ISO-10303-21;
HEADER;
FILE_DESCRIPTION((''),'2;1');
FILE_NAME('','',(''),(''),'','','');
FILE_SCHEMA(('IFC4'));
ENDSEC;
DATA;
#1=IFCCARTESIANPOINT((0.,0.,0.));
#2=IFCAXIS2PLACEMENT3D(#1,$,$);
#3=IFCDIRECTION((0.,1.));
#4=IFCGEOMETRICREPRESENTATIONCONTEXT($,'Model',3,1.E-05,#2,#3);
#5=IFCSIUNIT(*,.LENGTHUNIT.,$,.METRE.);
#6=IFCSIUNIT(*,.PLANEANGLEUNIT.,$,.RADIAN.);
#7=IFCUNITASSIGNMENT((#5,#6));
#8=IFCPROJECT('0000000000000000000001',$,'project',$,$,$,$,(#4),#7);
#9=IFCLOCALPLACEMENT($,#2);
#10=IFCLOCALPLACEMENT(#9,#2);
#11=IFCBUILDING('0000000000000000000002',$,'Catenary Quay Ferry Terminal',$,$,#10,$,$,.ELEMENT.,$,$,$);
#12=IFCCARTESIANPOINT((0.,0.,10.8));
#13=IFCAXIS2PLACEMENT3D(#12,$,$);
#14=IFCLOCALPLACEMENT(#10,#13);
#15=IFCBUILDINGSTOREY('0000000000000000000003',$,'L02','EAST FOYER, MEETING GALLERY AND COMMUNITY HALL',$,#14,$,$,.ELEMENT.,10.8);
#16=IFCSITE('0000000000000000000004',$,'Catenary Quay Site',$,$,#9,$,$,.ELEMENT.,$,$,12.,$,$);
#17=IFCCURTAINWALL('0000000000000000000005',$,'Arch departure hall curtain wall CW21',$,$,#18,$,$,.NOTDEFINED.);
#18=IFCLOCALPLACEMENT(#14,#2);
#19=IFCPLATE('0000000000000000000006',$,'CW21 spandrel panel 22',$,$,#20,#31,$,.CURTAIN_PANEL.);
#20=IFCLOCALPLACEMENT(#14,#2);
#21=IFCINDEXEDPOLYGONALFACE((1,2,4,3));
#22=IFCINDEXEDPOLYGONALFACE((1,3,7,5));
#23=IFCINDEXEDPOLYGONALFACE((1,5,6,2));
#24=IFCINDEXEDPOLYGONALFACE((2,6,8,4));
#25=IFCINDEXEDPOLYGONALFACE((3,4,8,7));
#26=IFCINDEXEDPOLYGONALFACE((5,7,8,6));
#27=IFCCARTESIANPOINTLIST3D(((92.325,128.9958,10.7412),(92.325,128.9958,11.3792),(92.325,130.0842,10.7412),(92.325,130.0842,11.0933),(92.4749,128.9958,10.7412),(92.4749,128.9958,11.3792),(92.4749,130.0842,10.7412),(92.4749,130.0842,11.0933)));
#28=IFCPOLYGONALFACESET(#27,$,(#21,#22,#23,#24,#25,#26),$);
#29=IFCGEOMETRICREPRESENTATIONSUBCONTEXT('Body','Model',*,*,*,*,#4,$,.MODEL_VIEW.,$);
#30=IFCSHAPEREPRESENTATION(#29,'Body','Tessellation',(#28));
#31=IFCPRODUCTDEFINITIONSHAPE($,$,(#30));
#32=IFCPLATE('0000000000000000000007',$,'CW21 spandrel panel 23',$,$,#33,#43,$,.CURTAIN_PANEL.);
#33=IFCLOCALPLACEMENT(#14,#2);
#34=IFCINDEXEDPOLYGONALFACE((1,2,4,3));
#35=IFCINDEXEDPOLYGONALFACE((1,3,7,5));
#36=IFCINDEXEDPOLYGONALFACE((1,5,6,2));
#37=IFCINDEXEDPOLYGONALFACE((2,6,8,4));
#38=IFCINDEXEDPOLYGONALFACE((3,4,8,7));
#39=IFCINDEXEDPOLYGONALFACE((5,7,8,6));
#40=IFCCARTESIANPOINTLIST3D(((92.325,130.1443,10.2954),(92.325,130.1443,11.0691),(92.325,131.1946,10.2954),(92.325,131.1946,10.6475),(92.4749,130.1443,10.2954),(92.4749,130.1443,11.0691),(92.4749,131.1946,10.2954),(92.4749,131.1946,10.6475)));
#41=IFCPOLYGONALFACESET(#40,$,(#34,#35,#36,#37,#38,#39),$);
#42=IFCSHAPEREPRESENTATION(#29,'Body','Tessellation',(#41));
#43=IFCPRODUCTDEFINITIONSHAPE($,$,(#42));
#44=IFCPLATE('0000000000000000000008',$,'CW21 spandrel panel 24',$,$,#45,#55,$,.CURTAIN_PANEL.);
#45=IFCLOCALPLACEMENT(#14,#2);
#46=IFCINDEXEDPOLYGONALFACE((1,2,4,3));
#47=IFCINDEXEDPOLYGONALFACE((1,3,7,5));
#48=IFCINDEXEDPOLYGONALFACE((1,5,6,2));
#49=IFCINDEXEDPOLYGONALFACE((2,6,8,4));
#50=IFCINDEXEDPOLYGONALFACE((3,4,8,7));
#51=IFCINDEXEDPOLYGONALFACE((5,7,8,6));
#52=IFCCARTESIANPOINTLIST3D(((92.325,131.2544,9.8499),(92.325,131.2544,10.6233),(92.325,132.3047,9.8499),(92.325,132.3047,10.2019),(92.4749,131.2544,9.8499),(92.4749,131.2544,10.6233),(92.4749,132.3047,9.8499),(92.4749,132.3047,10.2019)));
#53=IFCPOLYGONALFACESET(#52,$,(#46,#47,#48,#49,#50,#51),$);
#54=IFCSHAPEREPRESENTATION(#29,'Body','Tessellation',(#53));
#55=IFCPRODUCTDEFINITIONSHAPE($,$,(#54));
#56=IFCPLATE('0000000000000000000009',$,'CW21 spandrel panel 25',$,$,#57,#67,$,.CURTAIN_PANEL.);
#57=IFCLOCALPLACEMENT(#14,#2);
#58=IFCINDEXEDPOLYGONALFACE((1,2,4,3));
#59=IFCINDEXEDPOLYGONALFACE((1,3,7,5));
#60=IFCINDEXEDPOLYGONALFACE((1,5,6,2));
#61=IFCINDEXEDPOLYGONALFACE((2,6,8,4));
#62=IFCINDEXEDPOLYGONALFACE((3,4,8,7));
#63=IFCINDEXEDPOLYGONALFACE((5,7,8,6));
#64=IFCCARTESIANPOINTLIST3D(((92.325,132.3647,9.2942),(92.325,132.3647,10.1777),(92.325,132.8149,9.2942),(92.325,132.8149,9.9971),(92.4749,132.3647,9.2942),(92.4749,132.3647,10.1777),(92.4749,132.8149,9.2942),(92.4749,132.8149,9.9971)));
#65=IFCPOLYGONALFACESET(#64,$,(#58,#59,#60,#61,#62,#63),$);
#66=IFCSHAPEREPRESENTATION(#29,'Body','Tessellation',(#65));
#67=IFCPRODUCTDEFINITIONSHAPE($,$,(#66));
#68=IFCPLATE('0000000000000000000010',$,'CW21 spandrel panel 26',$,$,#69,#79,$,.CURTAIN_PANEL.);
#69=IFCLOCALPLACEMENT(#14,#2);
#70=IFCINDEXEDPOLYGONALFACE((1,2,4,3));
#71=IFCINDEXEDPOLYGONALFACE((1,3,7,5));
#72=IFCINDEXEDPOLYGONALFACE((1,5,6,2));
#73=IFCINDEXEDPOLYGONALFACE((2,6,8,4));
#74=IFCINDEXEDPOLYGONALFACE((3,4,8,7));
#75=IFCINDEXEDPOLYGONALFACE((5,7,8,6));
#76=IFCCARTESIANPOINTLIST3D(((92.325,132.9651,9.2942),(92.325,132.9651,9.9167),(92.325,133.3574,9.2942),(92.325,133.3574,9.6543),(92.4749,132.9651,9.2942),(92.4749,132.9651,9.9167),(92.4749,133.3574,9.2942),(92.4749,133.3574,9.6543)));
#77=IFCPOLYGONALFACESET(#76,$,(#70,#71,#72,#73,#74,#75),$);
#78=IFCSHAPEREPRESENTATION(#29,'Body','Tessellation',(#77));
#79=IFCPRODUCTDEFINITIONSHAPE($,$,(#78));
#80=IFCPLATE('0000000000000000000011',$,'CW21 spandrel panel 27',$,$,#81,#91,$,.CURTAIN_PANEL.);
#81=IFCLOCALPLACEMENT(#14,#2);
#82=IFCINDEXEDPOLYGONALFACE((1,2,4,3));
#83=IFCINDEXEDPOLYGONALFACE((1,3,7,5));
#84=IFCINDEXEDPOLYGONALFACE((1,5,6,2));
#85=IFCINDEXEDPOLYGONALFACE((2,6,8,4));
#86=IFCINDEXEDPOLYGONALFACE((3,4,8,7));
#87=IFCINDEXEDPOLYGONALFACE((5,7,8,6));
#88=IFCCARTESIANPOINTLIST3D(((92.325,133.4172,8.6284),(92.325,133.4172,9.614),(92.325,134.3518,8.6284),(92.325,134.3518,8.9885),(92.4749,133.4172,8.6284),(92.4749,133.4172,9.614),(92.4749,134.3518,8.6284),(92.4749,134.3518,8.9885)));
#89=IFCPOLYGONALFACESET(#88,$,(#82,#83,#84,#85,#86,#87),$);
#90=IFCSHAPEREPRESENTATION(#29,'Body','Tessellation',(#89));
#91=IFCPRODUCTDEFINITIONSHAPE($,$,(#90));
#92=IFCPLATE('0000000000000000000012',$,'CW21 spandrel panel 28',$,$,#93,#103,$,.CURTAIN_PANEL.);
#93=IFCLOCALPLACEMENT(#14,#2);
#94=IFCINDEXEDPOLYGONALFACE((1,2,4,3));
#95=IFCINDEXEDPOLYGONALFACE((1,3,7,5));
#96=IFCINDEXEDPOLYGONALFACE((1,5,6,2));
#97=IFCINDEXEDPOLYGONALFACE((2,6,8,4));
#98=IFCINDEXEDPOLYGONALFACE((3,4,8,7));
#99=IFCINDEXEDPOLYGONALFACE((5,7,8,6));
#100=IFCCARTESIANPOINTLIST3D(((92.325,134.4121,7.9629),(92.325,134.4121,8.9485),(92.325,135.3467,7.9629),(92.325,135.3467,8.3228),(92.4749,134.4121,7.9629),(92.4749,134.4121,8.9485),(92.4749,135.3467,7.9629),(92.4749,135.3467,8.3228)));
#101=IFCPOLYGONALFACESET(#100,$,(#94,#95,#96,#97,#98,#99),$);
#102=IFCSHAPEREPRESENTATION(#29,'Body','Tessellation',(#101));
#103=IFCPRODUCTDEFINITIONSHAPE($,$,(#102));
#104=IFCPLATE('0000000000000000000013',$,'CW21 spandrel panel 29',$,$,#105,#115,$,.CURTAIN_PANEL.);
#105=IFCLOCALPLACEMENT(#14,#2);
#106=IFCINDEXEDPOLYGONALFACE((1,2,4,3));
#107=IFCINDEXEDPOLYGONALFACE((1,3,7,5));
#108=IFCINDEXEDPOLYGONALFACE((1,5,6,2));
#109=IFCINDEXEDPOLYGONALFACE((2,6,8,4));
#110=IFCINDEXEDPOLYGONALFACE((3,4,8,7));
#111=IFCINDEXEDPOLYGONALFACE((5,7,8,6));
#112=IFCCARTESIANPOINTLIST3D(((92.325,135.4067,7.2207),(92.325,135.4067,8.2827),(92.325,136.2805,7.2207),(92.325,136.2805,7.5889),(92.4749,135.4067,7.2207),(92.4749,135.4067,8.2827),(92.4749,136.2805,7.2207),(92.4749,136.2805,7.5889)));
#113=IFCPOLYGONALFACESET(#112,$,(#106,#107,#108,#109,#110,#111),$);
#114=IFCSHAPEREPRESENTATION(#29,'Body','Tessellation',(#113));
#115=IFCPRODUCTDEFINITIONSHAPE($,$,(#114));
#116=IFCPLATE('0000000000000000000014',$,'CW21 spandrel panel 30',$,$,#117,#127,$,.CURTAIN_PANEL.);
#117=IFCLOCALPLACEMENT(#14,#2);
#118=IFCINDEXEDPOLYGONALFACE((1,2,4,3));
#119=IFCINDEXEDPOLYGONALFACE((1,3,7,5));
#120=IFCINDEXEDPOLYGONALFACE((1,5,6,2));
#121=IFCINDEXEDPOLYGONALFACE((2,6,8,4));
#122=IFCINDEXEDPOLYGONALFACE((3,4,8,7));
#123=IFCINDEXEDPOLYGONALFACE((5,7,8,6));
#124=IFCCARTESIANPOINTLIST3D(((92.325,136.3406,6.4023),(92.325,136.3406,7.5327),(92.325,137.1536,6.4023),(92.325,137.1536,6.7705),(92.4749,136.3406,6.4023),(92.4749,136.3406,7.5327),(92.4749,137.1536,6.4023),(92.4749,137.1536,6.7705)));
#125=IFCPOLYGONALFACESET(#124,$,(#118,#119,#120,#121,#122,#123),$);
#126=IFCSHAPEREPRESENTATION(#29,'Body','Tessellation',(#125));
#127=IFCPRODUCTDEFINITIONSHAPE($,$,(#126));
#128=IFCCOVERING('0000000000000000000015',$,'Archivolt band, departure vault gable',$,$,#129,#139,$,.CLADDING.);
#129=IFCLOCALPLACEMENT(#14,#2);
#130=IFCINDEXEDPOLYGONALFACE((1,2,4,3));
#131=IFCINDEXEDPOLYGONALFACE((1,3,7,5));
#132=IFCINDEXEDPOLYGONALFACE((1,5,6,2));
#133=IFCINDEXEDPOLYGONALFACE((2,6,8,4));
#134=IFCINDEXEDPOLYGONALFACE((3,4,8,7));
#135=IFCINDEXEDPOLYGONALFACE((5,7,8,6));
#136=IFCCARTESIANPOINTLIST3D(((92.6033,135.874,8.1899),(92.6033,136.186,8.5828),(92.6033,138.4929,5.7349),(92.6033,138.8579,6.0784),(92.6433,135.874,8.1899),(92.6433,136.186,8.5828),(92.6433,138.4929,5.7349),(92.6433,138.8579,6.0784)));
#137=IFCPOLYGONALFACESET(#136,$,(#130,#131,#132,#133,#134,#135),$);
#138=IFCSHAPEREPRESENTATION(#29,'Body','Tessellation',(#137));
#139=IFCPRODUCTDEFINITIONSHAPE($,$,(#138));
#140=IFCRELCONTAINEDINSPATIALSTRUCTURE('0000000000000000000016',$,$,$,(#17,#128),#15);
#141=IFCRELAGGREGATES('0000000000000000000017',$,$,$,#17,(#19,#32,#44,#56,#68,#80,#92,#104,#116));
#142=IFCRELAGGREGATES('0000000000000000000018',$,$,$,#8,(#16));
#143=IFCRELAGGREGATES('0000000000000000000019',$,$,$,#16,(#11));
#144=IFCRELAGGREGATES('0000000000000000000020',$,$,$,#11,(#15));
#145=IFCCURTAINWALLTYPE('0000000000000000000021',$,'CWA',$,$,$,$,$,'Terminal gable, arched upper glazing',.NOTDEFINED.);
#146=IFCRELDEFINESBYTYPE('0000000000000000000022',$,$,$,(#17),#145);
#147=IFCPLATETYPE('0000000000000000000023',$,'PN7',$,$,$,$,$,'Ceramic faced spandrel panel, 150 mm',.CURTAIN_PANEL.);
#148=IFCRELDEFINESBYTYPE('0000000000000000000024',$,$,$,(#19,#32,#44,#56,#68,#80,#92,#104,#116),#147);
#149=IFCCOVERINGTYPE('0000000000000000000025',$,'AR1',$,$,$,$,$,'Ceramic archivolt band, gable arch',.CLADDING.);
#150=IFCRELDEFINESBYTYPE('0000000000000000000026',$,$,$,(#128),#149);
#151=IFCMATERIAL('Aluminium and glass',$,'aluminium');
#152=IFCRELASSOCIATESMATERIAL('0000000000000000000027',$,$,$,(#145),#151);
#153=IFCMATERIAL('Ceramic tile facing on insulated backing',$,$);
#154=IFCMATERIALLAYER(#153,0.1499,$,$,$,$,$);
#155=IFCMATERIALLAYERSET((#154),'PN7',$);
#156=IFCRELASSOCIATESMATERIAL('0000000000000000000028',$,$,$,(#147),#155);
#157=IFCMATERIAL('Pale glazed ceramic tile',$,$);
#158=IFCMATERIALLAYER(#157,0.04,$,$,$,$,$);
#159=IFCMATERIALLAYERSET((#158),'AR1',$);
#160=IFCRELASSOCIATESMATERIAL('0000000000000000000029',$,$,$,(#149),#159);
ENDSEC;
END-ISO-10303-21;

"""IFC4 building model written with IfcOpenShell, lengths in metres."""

from ifc_helpers import new_model, si_unit, direction, frame, origin, place, context, subcontext, project, spatial, polyline, outline, extrude, material, layer, layer_set, type_object, element, aggregate, save


model = new_model("IFC4")

# Units and contexts
model_context = context("Model", 3, precision=1e-05, world=origin(), true_north=direction((0.0, 1.0)))
body_context = subcontext(model_context, "Body", "Model", "MODEL_VIEW")
ifc_project = project(units=[si_unit("LENGTHUNIT", "METRE"), si_unit("PLANEANGLEUNIT", "RADIAN")], contexts=[model_context])

# Site, building, storey
site_placement = place(None, origin())
site = spatial("IfcSite", under=ifc_project, at=site_placement, Name="Catenary Quay Site", CompositionType="ELEMENT", RefElevation=12.0)
building_placement = place(site_placement, origin())
building = spatial("IfcBuilding", under=site, at=building_placement, Name="Catenary Quay Ferry Terminal", CompositionType="ELEMENT")
storey_placement = place(building_placement, frame((0.0, 0.0, 10.8)))
storey = spatial("IfcBuildingStorey", under=building, at=storey_placement, Name="L02", Description="EAST FOYER, MEETING GALLERY AND COMMUNITY HALL", CompositionType="ELEMENT", Elevation=10.8)

# Curtain wall
ifc_material_1 = material(Name="Aluminium and glass", Category="aluminium")
curtain_wall_type = type_object("IfcCurtainWallType", Name="CWA", ElementType="Terminal gable, arched upper glazing", PredefinedType="NOTDEFINED", material=ifc_material_1)
curtain_wall_placement = place(storey_placement, origin())
curtain_wall = element("IfcCurtainWall", 1, at=curtain_wall_placement, inside=storey, type_object=curtain_wall_type, Name="Arch departure hall curtain wall CW21", PredefinedType="NOTDEFINED")

# Plates
ifc_material_2 = material(Name="Ceramic tile facing on insulated backing")
ifc_layer_1 = layer(ifc_material_2, 0.1499)
ifc_layer_set_1 = layer_set([ifc_layer_1], Name="PN7")
plate_type_1 = type_object("IfcPlateType", Name="PN7", ElementType="Ceramic faced spandrel panel, 150 mm", PredefinedType="CURTAIN_PANEL", material=ifc_layer_set_1)
plate_1_placement = place(storey_placement, frame((92.3999, 128.9958, 10.7412), z_axis=(0.0, 0.0, 1.0), x_axis=(0.0, 1.0, 0.0)))
plate_1 = element("IfcPlate", 2, at=plate_1_placement, type_object=plate_type_1, Name="CW21 spandrel panel 22", PredefinedType="CURTAIN_PANEL", context=body_context, shape_type="SweptSolid", body=[
    extrude(outline(polyline([(0.0, 0.0), (1.0884, 0.0), (1.0884, 0.3521), (0.0, 0.6379), (0.0, 0.0)])), frame((0.0, 0.075, 0.0), z_axis=(0.0, -1.0, 0.0), x_axis=(1.0, 0.0, 0.0)), (0.0, 0.0, 1.0), 0.1499),
])
plate_2_placement = place(storey_placement, frame((92.3999, 130.1443, 10.2954), z_axis=(0.0, 0.0, 1.0), x_axis=(0.0, 1.0, 0.0)))
plate_2 = element("IfcPlate", 3, at=plate_2_placement, type_object=plate_type_1, Name="CW21 spandrel panel 23", PredefinedType="CURTAIN_PANEL", context=body_context, shape_type="SweptSolid", body=[
    extrude(outline(polyline([(0.0, 0.0), (1.0503, 0.0), (1.0503, 0.3521), (0.0, 0.7737), (0.0, 0.0)])), frame((0.0, 0.075, 0.0), z_axis=(0.0, -1.0, 0.0), x_axis=(1.0, 0.0, 0.0)), (0.0, 0.0, 1.0), 0.1499),
])
plate_3_placement = place(storey_placement, frame((92.3999, 131.2544, 9.8499), z_axis=(0.0, 0.0, 1.0), x_axis=(0.0, 1.0, 0.0)))
plate_3 = element("IfcPlate", 4, at=plate_3_placement, type_object=plate_type_1, Name="CW21 spandrel panel 24", PredefinedType="CURTAIN_PANEL", context=body_context, shape_type="SweptSolid", body=[
    extrude(outline(polyline([(0.0, 0.0), (1.0503, 0.0), (1.0503, 0.3521), (0.0, 0.7734), (0.0, 0.0)])), frame((0.0, 0.075, 0.0), z_axis=(0.0, -1.0, 0.0), x_axis=(1.0, 0.0, 0.0)), (0.0, 0.0, 1.0), 0.1499),
])
plate_4_placement = place(storey_placement, frame((92.3999, 132.3647, 9.2942), z_axis=(0.0, 0.0, 1.0), x_axis=(0.0, 1.0, 0.0)))
plate_4 = element("IfcPlate", 5, at=plate_4_placement, type_object=plate_type_1, Name="CW21 spandrel panel 25", PredefinedType="CURTAIN_PANEL", context=body_context, shape_type="SweptSolid", body=[
    extrude(outline(polyline([(0.0, 0.0), (0.4502, 0.0), (0.4502, 0.7029), (0.0, 0.8835), (0.0, 0.0)])), frame((0.0, 0.075, 0.0), z_axis=(0.0, -1.0, 0.0), x_axis=(1.0, 0.0, 0.0)), (0.0, 0.0, 1.0), 0.1499),
])
plate_5_placement = place(storey_placement, frame((92.3999, 132.9651, 9.2942), z_axis=(0.0, 0.0, 1.0), x_axis=(0.0, 1.0, 0.0)))
plate_5 = element("IfcPlate", 6, at=plate_5_placement, type_object=plate_type_1, Name="CW21 spandrel panel 26", PredefinedType="CURTAIN_PANEL", context=body_context, shape_type="SweptSolid", body=[
    extrude(outline(polyline([(0.0, 0.0), (0.3923, 0.0), (0.3923, 0.3601), (0.0, 0.6226), (0.0, 0.0)])), frame((0.0, 0.075, 0.0), z_axis=(0.0, -1.0, 0.0), x_axis=(1.0, 0.0, 0.0)), (0.0, 0.0, 1.0), 0.1499),
])
plate_6_placement = place(storey_placement, frame((92.3999, 133.4172, 8.6284), z_axis=(0.0, 0.0, 1.0), x_axis=(0.0, 1.0, 0.0)))
plate_6 = element("IfcPlate", 7, at=plate_6_placement, type_object=plate_type_1, Name="CW21 spandrel panel 27", PredefinedType="CURTAIN_PANEL", context=body_context, shape_type="SweptSolid", body=[
    extrude(outline(polyline([(0.0, 0.0), (0.9346, 0.0), (0.9346, 0.3601), (0.0, 0.9856), (0.0, 0.0)])), frame((0.0, 0.075, 0.0), z_axis=(0.0, -1.0, 0.0), x_axis=(1.0, 0.0, 0.0)), (0.0, 0.0, 1.0), 0.1499),
])
plate_7_placement = place(storey_placement, frame((92.3999, 134.4121, 7.9629), z_axis=(0.0, 0.0, 1.0), x_axis=(0.0, 1.0, 0.0)))
plate_7 = element("IfcPlate", 8, at=plate_7_placement, type_object=plate_type_1, Name="CW21 spandrel panel 28", PredefinedType="CURTAIN_PANEL", context=body_context, shape_type="SweptSolid", body=[
    extrude(outline(polyline([(0.0, 0.0), (0.9346, 0.0), (0.9346, 0.3599), (0.0, 0.9856), (0.0, 0.0)])), frame((0.0, 0.075, 0.0), z_axis=(0.0, -1.0, 0.0), x_axis=(1.0, 0.0, 0.0)), (0.0, 0.0, 1.0), 0.1499),
])
plate_8_placement = place(storey_placement, frame((92.3999, 135.4067, 7.2207), z_axis=(0.0, 0.0, 1.0), x_axis=(0.0, 1.0, 0.0)))
plate_8 = element("IfcPlate", 9, at=plate_8_placement, type_object=plate_type_1, Name="CW21 spandrel panel 29", PredefinedType="CURTAIN_PANEL", context=body_context, shape_type="SweptSolid", body=[
    extrude(outline(polyline([(0.0, 0.0), (0.8738, 0.0), (0.8738, 0.3682), (0.0, 1.062), (0.0, 0.0)])), frame((0.0, 0.075, 0.0), z_axis=(0.0, -1.0, 0.0), x_axis=(1.0, 0.0, 0.0)), (0.0, 0.0, 1.0), 0.1499),
])
plate_9_placement = place(storey_placement, frame((92.3999, 136.3406, 6.4023), z_axis=(0.0, 0.0, 1.0), x_axis=(0.0, 1.0, 0.0)))
plate_9 = element("IfcPlate", 10, at=plate_9_placement, type_object=plate_type_1, Name="CW21 spandrel panel 30", PredefinedType="CURTAIN_PANEL", context=body_context, shape_type="SweptSolid", body=[
    extrude(outline(polyline([(0.0, 0.0), (0.813, 0.0), (0.813, 0.3682), (0.0, 1.1304), (0.0, 0.0)])), frame((0.0, 0.075, 0.0), z_axis=(0.0, -1.0, 0.0), x_axis=(1.0, 0.0, 0.0)), (0.0, 0.0, 1.0), 0.1499),
])
aggregate(curtain_wall, [plate_1, plate_2, plate_3, plate_4, plate_5, plate_6, plate_7, plate_8, plate_9])

# Covering
ifc_material_3 = material(Name="Pale glazed ceramic tile")
ifc_layer_2 = layer(ifc_material_3, 0.04)
ifc_layer_set_2 = layer_set([ifc_layer_2], Name="AR1")
covering_type = type_object("IfcCoveringType", Name="AR1", ElementType="Ceramic archivolt band, gable arch", PredefinedType="CLADDING", material=ifc_layer_set_2)
covering_placement = place(storey_placement, frame((92.6033, 136.186, 8.5828), z_axis=(-1.0, 0.0, 0.0), x_axis=(0.0, 0.729604, -0.68387)))
element("IfcCovering", 11, at=covering_placement, inside=storey, type_object=covering_type, Name="Archivolt band, departure vault gable", PredefinedType="CLADDING", context=body_context, shape_type="SweptSolid", body=[
    extrude(outline(polyline([(0.0, 0.0), (3.6621, 0.0), (3.6307, 0.5002), (0.041, 0.5), (0.0, 0.0)])), origin(), (0.0, 0.0, -1.0), 0.04),
])

save(model, "model.ifc")
